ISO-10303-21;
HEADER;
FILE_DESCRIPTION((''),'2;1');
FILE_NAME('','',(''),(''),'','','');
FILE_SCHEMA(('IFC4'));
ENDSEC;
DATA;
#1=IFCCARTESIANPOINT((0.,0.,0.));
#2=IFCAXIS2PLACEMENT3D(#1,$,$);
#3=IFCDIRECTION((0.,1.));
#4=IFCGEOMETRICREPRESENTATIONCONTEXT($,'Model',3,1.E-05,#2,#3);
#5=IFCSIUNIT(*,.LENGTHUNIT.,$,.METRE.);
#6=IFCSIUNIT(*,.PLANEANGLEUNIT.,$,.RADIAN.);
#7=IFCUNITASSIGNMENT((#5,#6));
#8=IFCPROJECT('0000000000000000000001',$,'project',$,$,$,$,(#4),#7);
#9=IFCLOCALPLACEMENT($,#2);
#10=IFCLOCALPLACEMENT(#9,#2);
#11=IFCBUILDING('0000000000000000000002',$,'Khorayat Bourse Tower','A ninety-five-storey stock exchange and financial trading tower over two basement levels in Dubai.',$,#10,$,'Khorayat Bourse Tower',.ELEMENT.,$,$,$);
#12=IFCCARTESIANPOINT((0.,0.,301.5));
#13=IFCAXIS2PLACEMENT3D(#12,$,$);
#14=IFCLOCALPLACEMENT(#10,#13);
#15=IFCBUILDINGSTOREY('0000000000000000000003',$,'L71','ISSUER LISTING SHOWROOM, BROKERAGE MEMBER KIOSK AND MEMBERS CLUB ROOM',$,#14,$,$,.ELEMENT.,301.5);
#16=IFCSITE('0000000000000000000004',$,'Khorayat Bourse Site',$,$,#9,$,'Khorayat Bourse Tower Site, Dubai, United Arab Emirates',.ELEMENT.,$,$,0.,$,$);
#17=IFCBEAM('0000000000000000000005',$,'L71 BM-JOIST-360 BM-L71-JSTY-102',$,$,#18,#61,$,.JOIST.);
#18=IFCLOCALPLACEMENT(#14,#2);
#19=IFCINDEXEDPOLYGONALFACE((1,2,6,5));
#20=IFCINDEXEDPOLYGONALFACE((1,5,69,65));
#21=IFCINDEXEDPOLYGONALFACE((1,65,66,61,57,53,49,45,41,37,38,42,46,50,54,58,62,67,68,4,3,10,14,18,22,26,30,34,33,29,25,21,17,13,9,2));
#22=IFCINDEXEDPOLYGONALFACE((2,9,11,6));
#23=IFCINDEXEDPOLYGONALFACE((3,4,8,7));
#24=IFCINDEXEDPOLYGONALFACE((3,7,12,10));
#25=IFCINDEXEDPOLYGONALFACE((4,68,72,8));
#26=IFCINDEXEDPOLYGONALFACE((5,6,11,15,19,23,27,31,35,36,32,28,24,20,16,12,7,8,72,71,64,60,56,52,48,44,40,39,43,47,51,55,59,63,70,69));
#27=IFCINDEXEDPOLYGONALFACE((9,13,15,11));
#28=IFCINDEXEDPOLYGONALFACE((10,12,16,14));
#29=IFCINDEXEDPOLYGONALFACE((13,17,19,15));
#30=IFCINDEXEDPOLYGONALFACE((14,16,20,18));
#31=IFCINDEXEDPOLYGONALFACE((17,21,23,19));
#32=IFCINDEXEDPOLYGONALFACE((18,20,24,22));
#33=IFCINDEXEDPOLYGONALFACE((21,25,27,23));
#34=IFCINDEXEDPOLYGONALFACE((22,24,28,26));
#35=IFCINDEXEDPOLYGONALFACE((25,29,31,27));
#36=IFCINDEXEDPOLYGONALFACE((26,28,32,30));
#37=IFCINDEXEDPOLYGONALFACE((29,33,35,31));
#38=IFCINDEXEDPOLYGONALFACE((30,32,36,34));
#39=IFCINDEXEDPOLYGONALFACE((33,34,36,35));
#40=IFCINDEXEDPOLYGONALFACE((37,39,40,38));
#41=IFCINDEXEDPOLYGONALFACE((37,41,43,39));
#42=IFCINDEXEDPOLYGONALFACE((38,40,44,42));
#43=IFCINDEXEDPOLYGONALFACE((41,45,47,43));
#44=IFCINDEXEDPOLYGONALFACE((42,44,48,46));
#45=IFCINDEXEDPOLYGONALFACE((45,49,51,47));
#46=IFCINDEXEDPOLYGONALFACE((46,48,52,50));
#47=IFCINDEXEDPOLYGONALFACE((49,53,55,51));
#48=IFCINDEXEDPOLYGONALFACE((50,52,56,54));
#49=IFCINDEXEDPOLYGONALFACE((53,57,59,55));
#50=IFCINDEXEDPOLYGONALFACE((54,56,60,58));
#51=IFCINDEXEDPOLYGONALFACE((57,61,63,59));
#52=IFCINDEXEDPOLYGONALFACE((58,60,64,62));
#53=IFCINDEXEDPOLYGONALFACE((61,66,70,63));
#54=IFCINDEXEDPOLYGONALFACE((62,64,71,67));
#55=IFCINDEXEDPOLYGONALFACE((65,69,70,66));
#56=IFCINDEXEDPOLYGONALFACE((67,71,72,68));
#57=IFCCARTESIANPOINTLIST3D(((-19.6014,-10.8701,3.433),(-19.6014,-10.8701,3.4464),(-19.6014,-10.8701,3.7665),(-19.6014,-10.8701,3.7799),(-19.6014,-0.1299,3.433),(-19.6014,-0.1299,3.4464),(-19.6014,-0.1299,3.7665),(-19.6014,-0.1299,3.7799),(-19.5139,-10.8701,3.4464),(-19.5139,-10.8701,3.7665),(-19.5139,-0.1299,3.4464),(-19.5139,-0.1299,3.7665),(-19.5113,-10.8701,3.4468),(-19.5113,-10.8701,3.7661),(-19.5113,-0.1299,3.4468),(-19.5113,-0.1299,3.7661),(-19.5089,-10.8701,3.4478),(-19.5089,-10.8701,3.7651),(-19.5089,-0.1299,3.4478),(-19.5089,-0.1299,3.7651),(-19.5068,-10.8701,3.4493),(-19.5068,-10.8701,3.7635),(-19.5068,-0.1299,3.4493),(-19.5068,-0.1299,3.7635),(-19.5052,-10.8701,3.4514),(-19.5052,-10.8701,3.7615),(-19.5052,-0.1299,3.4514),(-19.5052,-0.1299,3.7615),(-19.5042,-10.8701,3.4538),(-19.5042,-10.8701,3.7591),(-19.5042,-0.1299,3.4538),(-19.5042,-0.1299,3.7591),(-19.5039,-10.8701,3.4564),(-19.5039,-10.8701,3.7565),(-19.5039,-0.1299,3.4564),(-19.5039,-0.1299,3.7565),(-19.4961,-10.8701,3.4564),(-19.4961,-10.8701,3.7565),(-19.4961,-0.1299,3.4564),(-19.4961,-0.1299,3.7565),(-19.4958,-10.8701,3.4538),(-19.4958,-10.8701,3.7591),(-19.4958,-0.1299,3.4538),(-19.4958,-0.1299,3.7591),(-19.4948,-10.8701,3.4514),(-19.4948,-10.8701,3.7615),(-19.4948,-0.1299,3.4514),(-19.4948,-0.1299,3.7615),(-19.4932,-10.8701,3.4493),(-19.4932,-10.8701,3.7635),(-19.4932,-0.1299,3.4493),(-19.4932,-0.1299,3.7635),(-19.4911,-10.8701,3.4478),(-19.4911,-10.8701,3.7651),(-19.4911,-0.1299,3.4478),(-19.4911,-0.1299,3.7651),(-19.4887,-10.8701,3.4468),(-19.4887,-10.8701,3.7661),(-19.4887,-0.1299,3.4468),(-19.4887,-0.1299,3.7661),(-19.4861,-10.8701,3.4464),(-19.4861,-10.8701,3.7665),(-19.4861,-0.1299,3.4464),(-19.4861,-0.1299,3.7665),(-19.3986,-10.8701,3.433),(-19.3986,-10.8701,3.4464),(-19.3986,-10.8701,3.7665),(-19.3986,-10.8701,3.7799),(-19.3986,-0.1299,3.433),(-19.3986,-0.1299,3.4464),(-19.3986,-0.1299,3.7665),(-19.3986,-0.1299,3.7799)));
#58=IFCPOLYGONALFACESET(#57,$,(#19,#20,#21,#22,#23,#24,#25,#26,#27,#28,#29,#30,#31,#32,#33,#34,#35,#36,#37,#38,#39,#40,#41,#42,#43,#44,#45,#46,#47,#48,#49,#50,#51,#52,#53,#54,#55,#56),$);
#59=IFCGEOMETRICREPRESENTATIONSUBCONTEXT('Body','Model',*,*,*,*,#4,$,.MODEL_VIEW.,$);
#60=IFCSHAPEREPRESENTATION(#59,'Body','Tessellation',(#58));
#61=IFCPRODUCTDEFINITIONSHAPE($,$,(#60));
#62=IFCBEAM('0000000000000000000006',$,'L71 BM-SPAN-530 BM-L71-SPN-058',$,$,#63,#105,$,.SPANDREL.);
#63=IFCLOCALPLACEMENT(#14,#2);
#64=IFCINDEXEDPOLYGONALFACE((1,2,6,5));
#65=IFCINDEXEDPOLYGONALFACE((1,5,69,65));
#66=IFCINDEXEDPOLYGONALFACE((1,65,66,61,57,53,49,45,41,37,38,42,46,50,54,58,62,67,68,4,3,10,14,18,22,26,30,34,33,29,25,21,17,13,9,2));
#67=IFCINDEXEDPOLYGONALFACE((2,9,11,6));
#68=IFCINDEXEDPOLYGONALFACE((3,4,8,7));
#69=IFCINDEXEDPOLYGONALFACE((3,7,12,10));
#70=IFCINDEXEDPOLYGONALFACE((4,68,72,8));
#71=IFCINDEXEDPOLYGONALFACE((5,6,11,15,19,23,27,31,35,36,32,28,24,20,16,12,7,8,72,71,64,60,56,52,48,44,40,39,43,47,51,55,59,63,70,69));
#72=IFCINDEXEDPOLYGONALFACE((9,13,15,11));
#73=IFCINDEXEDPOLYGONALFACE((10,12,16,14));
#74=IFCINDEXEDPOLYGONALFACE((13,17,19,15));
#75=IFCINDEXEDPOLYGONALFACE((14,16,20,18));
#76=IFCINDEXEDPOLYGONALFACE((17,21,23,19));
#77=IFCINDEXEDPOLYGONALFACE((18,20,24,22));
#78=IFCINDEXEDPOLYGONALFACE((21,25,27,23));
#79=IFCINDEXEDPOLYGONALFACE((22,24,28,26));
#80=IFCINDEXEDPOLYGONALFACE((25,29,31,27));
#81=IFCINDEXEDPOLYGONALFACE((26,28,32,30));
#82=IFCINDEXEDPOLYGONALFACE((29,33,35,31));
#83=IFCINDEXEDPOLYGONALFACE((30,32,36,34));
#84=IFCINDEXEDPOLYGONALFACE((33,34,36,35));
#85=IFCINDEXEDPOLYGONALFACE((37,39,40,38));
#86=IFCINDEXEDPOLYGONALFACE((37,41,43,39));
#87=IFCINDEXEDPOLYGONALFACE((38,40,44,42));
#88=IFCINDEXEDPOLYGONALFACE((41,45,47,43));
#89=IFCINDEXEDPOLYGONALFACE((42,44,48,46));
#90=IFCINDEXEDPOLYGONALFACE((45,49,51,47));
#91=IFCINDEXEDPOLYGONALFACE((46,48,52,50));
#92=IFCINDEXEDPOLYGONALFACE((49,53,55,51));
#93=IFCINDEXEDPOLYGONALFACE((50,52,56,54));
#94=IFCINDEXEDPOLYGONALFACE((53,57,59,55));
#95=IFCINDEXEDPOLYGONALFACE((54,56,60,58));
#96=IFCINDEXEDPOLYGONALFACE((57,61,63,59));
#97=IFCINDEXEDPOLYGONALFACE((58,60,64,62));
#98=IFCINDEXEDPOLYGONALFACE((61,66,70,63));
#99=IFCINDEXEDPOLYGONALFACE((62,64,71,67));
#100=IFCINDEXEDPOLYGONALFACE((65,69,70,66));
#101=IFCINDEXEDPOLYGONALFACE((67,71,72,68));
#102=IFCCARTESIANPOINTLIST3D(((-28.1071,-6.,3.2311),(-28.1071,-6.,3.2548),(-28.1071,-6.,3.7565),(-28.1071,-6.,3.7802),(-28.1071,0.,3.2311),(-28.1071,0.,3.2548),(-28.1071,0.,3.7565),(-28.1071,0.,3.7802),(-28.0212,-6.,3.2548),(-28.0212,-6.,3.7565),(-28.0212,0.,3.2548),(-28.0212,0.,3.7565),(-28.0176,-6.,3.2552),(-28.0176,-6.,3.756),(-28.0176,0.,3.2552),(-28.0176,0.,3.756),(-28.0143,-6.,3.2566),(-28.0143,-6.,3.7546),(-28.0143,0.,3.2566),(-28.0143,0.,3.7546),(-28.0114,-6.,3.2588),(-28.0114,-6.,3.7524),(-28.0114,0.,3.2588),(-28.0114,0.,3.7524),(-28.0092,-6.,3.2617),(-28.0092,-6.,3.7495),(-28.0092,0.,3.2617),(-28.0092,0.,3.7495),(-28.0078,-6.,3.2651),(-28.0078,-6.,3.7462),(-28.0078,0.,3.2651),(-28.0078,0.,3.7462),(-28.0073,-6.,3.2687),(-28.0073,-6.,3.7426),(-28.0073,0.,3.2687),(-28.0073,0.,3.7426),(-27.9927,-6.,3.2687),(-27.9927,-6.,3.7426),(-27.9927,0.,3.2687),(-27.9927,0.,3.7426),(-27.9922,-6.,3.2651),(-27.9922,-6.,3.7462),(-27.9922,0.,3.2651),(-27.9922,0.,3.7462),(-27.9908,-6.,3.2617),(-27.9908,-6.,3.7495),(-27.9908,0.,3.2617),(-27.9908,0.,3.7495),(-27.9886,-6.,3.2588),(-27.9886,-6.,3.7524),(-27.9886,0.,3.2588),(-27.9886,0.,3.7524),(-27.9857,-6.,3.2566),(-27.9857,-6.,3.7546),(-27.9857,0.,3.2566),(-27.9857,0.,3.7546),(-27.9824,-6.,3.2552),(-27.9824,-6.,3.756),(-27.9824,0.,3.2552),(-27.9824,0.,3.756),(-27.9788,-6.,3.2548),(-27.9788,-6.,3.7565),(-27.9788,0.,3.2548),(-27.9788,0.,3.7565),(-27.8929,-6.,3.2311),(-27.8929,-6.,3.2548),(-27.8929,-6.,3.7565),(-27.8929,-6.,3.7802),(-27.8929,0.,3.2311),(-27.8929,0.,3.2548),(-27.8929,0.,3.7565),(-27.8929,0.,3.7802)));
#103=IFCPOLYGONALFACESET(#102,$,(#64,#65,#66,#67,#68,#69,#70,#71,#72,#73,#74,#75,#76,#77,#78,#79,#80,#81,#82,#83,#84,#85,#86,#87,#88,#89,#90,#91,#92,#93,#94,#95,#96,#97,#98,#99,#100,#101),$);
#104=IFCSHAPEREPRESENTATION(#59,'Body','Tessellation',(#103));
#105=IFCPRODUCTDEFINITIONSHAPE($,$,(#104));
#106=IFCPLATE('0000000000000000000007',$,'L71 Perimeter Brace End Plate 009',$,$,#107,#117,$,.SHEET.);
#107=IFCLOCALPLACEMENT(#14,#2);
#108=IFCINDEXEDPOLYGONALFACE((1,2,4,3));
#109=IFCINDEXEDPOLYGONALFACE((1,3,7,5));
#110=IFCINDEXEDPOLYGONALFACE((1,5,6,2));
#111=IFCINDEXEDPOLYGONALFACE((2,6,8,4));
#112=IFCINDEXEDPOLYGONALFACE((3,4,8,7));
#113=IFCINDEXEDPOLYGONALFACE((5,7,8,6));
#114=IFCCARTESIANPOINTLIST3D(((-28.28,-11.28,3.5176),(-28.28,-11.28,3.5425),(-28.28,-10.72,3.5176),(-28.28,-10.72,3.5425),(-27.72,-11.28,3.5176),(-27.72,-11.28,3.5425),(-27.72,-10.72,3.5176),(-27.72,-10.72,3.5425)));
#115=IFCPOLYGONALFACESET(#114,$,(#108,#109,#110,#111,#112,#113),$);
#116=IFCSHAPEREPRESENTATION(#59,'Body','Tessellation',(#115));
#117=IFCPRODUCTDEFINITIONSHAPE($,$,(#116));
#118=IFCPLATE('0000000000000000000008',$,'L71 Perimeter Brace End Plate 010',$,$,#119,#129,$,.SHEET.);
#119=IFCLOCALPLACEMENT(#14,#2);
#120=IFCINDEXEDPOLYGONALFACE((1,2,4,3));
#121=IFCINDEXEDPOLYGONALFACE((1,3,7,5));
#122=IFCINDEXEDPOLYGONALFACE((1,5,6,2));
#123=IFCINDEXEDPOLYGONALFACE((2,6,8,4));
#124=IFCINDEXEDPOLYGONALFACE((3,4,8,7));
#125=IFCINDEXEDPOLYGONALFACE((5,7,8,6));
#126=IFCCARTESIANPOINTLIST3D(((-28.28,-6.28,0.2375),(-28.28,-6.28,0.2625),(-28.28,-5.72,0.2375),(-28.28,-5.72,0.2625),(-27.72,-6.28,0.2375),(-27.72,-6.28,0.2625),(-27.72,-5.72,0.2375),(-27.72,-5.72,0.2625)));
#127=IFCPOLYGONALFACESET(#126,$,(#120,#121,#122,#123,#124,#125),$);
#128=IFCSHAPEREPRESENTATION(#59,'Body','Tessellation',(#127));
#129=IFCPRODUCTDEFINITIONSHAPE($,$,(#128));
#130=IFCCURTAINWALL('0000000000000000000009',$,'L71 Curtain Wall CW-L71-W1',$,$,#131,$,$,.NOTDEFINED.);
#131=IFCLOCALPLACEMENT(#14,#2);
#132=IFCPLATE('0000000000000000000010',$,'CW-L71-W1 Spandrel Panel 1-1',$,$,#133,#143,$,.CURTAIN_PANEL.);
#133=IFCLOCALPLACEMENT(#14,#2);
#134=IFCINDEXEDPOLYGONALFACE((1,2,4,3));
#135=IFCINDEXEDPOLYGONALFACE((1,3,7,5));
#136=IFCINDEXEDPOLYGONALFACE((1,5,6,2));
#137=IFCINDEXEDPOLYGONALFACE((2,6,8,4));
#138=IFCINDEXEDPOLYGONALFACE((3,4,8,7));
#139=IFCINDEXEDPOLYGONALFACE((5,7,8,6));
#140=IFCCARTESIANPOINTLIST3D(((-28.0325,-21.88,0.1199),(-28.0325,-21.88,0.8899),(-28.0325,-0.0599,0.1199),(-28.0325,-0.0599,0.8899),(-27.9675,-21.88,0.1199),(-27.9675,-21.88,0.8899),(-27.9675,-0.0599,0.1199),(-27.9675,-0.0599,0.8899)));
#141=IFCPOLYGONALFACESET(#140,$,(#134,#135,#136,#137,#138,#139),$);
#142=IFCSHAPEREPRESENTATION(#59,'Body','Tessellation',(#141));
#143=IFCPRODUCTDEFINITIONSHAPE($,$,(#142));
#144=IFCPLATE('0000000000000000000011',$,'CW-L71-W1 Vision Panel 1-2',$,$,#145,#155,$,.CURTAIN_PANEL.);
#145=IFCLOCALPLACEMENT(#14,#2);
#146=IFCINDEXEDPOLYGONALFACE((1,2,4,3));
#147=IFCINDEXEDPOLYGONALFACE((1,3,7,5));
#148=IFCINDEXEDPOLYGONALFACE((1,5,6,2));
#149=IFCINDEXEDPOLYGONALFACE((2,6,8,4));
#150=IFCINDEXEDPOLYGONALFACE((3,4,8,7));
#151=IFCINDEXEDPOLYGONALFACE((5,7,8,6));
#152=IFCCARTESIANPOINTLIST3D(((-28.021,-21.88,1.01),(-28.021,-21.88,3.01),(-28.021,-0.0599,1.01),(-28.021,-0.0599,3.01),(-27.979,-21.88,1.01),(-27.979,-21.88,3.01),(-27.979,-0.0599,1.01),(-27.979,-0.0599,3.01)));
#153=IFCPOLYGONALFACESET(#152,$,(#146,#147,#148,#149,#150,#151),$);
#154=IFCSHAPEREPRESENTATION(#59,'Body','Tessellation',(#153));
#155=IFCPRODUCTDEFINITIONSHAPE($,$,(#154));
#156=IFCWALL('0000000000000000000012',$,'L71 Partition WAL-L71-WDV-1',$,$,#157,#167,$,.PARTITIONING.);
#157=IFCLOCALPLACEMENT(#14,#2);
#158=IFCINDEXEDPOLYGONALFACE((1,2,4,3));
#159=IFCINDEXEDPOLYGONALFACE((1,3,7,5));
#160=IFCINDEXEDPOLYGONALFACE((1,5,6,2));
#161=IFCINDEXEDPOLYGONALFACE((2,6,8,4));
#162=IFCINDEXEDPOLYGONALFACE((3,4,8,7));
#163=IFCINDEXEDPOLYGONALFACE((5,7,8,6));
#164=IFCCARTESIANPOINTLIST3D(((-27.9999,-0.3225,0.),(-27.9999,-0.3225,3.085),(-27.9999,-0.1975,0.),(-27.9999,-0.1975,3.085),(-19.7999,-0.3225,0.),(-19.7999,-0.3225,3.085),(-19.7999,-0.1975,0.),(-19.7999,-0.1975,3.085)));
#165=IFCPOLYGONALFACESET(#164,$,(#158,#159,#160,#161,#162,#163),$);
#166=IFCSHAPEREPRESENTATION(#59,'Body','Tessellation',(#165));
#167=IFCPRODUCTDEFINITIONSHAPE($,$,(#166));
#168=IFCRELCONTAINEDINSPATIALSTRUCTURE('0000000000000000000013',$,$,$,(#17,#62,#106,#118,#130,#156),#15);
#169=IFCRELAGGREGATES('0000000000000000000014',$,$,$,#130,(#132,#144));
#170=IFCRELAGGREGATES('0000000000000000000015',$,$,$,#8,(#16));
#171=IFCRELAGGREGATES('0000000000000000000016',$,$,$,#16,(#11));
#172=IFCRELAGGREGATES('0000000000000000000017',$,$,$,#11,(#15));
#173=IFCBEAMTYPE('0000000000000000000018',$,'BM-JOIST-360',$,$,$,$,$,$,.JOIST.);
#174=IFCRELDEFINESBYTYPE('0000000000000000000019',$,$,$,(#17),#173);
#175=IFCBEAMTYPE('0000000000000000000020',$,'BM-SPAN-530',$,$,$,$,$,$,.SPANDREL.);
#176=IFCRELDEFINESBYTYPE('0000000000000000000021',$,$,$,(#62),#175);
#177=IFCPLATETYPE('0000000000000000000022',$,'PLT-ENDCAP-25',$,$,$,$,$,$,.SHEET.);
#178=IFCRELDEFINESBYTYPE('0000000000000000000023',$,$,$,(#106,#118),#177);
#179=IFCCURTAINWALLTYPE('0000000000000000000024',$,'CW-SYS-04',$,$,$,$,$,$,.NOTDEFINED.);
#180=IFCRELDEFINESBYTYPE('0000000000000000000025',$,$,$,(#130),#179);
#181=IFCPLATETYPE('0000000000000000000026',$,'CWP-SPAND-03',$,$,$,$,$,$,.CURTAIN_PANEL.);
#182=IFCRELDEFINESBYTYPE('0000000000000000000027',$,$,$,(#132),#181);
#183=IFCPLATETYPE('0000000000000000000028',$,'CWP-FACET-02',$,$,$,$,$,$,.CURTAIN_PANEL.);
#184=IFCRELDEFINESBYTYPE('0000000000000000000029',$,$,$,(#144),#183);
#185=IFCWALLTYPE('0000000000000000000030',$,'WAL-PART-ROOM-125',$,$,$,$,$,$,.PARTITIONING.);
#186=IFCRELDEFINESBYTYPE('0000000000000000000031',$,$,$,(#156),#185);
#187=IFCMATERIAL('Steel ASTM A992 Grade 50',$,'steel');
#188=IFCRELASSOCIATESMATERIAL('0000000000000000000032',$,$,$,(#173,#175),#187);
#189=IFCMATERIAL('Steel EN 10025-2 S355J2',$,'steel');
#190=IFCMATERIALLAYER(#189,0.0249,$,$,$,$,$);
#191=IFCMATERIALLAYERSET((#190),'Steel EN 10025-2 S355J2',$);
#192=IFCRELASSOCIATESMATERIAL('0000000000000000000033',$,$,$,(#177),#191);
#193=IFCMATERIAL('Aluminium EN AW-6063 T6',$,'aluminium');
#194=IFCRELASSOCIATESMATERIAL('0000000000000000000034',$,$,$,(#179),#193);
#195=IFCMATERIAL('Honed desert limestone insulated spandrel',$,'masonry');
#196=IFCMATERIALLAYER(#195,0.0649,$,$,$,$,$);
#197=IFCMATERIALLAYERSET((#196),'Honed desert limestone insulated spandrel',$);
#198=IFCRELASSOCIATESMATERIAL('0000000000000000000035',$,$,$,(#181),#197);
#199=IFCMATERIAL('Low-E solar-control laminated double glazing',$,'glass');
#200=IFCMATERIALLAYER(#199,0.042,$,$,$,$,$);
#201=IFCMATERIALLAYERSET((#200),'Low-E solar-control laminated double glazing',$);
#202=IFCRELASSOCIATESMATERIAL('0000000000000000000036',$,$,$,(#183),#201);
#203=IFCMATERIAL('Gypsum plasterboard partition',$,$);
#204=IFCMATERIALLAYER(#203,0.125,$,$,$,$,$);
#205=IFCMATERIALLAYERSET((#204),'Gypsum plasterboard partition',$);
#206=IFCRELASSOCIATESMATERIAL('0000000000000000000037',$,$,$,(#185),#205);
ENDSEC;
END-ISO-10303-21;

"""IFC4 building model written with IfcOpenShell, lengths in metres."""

from ifc_helpers import new_model, si_unit, direction, frame, frame_2d, origin, origin_2d, place, context, subcontext, project, spatial, rectangle, i_section, extrude, source, transform, mapped, material, layer, layer_set, material_profile, profile_set, type_object, element, aggregate, save


model = new_model("IFC4")

# Units and contexts
model_context = context("Model", 3, precision=1e-05, world=origin(), true_north=direction((0.0, 1.0)))
body_context = subcontext(model_context, "Body", "Model", "MODEL_VIEW")
ifc_project = project(units=[si_unit("LENGTHUNIT", "METRE"), si_unit("PLANEANGLEUNIT", "RADIAN")], contexts=[model_context])

# Site, building, storey
site_placement = place(None, origin())
site = spatial("IfcSite", under=ifc_project, at=site_placement, Name="Khorayat Bourse Site", LongName="Khorayat Bourse Tower Site, Dubai, United Arab Emirates", CompositionType="ELEMENT", RefElevation=0.0)
building_placement = place(site_placement, origin())
building = spatial("IfcBuilding", under=site, at=building_placement, Name="Khorayat Bourse Tower", Description="A ninety-five-storey stock exchange and financial trading tower over two basement levels in Dubai.", LongName="Khorayat Bourse Tower", CompositionType="ELEMENT")
storey_placement = place(building_placement, frame((0.0, 0.0, 301.5)))
storey = spatial("IfcBuildingStorey", under=building, at=storey_placement, Name="L71", Description="ISSUER LISTING SHOWROOM, BROKERAGE MEMBER KIOSK AND MEMBERS CLUB ROOM", CompositionType="ELEMENT", Elevation=301.5)

# Beams
ifc_material_1 = material(Name="Steel ASTM A992 Grade 50", Category="steel")
ifc_material_profile_1 = material_profile(ifc_material_1, i_section(OverallWidth=0.2029, OverallDepth=0.3469, WebThickness=0.0078, FlangeThickness=0.0134, FilletRadius=0.01, at=origin_2d()), Name="W360X64")
ifc_profile_set_1 = profile_set([ifc_material_profile_1], Name="Steel ASTM A992 Grade 50")
beam_type_1 = type_object("IfcBeamType", Name="BM-JOIST-360", PredefinedType="JOIST", material=ifc_profile_set_1)
shared_shape_1 = source(origin(), body_context, "Body", "SweptSolid", [
    extrude(i_section(OverallWidth=0.2029, OverallDepth=0.3469, WebThickness=0.0078, FlangeThickness=0.0134, FilletRadius=0.01, at=origin_2d()), origin(), (0.0, 0.0, 1.0), 10.7402),
])
beam_1_placement = place(storey_placement, frame((-19.5, -10.8701, 3.6064), z_axis=(0.0, 1.0, 0.0), x_axis=(-1.0, 0.0, 0.0)))
element("IfcBeam", 1, at=beam_1_placement, inside=storey, type_object=beam_type_1, Name="L71 BM-JOIST-360 BM-L71-JSTY-102", PredefinedType="JOIST", context=body_context, shape_type="MappedRepresentation", body=[
    mapped(shared_shape_1, transform((0.0, 0.0, 0.0), scale=1.0)),
])
ifc_material_profile_2 = material_profile(ifc_material_1, i_section(OverallWidth=0.2141, OverallDepth=0.5491, WebThickness=0.0146, FlangeThickness=0.0237, FilletRadius=0.0139, at=origin_2d()), Name="W530X138")
ifc_profile_set_2 = profile_set([ifc_material_profile_2], Name="Steel ASTM A992 Grade 50")
beam_type_2 = type_object("IfcBeamType", Name="BM-SPAN-530", PredefinedType="SPANDREL", material=ifc_profile_set_2)
shared_shape_2 = source(origin(), body_context, "Body", "SweptSolid", [
    extrude(i_section(OverallWidth=0.2141, OverallDepth=0.5491, WebThickness=0.0146, FlangeThickness=0.0237, FilletRadius=0.0139, at=origin_2d()), origin(), (0.0, 0.0, 1.0), 6.0),
])
beam_2_placement = place(storey_placement, frame((-28.0, -6.0, 3.5056), z_axis=(0.0, 1.0, 0.0), x_axis=(-1.0, 0.0, 0.0)))
element("IfcBeam", 2, at=beam_2_placement, inside=storey, type_object=beam_type_2, Name="L71 BM-SPAN-530 BM-L71-SPN-058", PredefinedType="SPANDREL", context=body_context, shape_type="MappedRepresentation", body=[
    mapped(shared_shape_2, transform((0.0, 0.0, 0.0), scale=1.0)),
])

# Plates
ifc_material_2 = material(Name="Steel EN 10025-2 S355J2", Category="steel")
ifc_layer_1 = layer(ifc_material_2, 0.0249)
ifc_layer_set_1 = layer_set([ifc_layer_1], Name="Steel EN 10025-2 S355J2")
plate_type_1 = type_object("IfcPlateType", Name="PLT-ENDCAP-25", PredefinedType="SHEET", material=ifc_layer_set_1)
shared_shape_3 = source(origin(), body_context, "Body", "SweptSolid", [
    extrude(rectangle(XDim=0.5601, YDim=0.5601, at=origin_2d()), origin(), (0.0, 0.0, 1.0), 0.0249),
])
for number, where, z_axis, x_axis, name in (
    (3, (-28.0, -11.0, 3.5176), (0.0, 0.0, 1.0), (1.0, 0.0, 0.0), "L71 Perimeter Brace End Plate 009"),
    (4, (-28.0, -6.0, 0.2375), (0.0, 0.0, 1.0), (1.0, 0.0, 0.0), "L71 Perimeter Brace End Plate 010"),
):
    element("IfcPlate", number, at=place(storey_placement, frame(where, z_axis=z_axis, x_axis=x_axis)), inside=storey, type_object=plate_type_1, Name=name, PredefinedType="SHEET", context=body_context, shape_type="MappedRepresentation", body=[
        mapped(shared_shape_3, transform((0.0, 0.0, 0.0), scale=1.0)),
    ])

# Curtain wall, plates
ifc_material_3 = material(Name="Aluminium EN AW-6063 T6", Category="aluminium")
curtain_wall_type = type_object("IfcCurtainWallType", Name="CW-SYS-04", PredefinedType="NOTDEFINED", material=ifc_material_3)
curtain_wall_placement = place(storey_placement, origin())
curtain_wall = element("IfcCurtainWall", 5, at=curtain_wall_placement, inside=storey, type_object=curtain_wall_type, Name="L71 Curtain Wall CW-L71-W1", PredefinedType="NOTDEFINED")
ifc_material_4 = material(Name="Honed desert limestone insulated spandrel", Category="masonry")
ifc_layer_2 = layer(ifc_material_4, 0.0649)
ifc_layer_set_2 = layer_set([ifc_layer_2], Name="Honed desert limestone insulated spandrel")
plate_type_2 = type_object("IfcPlateType", Name="CWP-SPAND-03", PredefinedType="CURTAIN_PANEL", material=ifc_layer_set_2)
shared_shape_4 = source(origin(), body_context, "Body", "SweptSolid", [
    extrude(rectangle(XDim=21.8201, YDim=0.0649, at=origin_2d()), origin(), (0.0, 0.0, 1.0), 0.77),
])
plate_1_placement = place(storey_placement, frame((-28.0, -10.97, 0.1199), z_axis=(0.0, 0.0, 1.0), x_axis=(0.0, 1.0, 0.0)))
plate_1 = element("IfcPlate", 6, at=plate_1_placement, type_object=plate_type_2, Name="CW-L71-W1 Spandrel Panel 1-1", PredefinedType="CURTAIN_PANEL", context=body_context, shape_type="MappedRepresentation", body=[
    mapped(shared_shape_4, transform((0.0, 0.0, 0.0), scale=1.0)),
])
ifc_material_5 = material(Name="Low-E solar-control laminated double glazing", Category="glass")
ifc_layer_3 = layer(ifc_material_5, 0.042)
ifc_layer_set_3 = layer_set([ifc_layer_3], Name="Low-E solar-control laminated double glazing")
plate_type_3 = type_object("IfcPlateType", Name="CWP-FACET-02", PredefinedType="CURTAIN_PANEL", material=ifc_layer_set_3)
shared_shape_5 = source(origin(), body_context, "Body", "SweptSolid", [
    extrude(rectangle(XDim=21.8201, YDim=0.042, at=origin_2d()), origin(), (0.0, 0.0, 1.0), 2.0),
])
plate_2_placement = place(storey_placement, frame((-28.0, -10.97, 1.01), z_axis=(0.0, 0.0, 1.0), x_axis=(0.0, 1.0, 0.0)))
plate_2 = element("IfcPlate", 7, at=plate_2_placement, type_object=plate_type_3, Name="CW-L71-W1 Vision Panel 1-2", PredefinedType="CURTAIN_PANEL", context=body_context, shape_type="MappedRepresentation", body=[
    mapped(shared_shape_5, transform((0.0, 0.0, 0.0), scale=1.0)),
])
aggregate(curtain_wall, [plate_1, plate_2])

# Wall
ifc_material_6 = material(Name="Gypsum plasterboard partition")
ifc_layer_4 = layer(ifc_material_6, 0.125)
ifc_layer_set_4 = layer_set([ifc_layer_4], Name="Gypsum plasterboard partition")
wall_type = type_object("IfcWallType", Name="WAL-PART-ROOM-125", PredefinedType="PARTITIONING", material=ifc_layer_set_4)
shared_shape_6 = source(origin(), body_context, "Body", "SweptSolid", [
    extrude(rectangle(XDim=8.2, YDim=0.125, at=frame_2d((4.1001, 0.0))), origin(), (0.0, 0.0, 1.0), 3.085),
])
wall_placement = place(storey_placement, frame((-28.0, -0.26, 0.0), z_axis=(0.0, 0.0, 1.0), x_axis=(1.0, 0.0, 0.0)))
element("IfcWall", 8, at=wall_placement, inside=storey, type_object=wall_type, Name="L71 Partition WAL-L71-WDV-1", PredefinedType="PARTITIONING", context=body_context, shape_type="MappedRepresentation", body=[
    mapped(shared_shape_6, transform((0.0, 0.0, 0.0), scale=1.0)),
])

save(model, "model.ifc")
